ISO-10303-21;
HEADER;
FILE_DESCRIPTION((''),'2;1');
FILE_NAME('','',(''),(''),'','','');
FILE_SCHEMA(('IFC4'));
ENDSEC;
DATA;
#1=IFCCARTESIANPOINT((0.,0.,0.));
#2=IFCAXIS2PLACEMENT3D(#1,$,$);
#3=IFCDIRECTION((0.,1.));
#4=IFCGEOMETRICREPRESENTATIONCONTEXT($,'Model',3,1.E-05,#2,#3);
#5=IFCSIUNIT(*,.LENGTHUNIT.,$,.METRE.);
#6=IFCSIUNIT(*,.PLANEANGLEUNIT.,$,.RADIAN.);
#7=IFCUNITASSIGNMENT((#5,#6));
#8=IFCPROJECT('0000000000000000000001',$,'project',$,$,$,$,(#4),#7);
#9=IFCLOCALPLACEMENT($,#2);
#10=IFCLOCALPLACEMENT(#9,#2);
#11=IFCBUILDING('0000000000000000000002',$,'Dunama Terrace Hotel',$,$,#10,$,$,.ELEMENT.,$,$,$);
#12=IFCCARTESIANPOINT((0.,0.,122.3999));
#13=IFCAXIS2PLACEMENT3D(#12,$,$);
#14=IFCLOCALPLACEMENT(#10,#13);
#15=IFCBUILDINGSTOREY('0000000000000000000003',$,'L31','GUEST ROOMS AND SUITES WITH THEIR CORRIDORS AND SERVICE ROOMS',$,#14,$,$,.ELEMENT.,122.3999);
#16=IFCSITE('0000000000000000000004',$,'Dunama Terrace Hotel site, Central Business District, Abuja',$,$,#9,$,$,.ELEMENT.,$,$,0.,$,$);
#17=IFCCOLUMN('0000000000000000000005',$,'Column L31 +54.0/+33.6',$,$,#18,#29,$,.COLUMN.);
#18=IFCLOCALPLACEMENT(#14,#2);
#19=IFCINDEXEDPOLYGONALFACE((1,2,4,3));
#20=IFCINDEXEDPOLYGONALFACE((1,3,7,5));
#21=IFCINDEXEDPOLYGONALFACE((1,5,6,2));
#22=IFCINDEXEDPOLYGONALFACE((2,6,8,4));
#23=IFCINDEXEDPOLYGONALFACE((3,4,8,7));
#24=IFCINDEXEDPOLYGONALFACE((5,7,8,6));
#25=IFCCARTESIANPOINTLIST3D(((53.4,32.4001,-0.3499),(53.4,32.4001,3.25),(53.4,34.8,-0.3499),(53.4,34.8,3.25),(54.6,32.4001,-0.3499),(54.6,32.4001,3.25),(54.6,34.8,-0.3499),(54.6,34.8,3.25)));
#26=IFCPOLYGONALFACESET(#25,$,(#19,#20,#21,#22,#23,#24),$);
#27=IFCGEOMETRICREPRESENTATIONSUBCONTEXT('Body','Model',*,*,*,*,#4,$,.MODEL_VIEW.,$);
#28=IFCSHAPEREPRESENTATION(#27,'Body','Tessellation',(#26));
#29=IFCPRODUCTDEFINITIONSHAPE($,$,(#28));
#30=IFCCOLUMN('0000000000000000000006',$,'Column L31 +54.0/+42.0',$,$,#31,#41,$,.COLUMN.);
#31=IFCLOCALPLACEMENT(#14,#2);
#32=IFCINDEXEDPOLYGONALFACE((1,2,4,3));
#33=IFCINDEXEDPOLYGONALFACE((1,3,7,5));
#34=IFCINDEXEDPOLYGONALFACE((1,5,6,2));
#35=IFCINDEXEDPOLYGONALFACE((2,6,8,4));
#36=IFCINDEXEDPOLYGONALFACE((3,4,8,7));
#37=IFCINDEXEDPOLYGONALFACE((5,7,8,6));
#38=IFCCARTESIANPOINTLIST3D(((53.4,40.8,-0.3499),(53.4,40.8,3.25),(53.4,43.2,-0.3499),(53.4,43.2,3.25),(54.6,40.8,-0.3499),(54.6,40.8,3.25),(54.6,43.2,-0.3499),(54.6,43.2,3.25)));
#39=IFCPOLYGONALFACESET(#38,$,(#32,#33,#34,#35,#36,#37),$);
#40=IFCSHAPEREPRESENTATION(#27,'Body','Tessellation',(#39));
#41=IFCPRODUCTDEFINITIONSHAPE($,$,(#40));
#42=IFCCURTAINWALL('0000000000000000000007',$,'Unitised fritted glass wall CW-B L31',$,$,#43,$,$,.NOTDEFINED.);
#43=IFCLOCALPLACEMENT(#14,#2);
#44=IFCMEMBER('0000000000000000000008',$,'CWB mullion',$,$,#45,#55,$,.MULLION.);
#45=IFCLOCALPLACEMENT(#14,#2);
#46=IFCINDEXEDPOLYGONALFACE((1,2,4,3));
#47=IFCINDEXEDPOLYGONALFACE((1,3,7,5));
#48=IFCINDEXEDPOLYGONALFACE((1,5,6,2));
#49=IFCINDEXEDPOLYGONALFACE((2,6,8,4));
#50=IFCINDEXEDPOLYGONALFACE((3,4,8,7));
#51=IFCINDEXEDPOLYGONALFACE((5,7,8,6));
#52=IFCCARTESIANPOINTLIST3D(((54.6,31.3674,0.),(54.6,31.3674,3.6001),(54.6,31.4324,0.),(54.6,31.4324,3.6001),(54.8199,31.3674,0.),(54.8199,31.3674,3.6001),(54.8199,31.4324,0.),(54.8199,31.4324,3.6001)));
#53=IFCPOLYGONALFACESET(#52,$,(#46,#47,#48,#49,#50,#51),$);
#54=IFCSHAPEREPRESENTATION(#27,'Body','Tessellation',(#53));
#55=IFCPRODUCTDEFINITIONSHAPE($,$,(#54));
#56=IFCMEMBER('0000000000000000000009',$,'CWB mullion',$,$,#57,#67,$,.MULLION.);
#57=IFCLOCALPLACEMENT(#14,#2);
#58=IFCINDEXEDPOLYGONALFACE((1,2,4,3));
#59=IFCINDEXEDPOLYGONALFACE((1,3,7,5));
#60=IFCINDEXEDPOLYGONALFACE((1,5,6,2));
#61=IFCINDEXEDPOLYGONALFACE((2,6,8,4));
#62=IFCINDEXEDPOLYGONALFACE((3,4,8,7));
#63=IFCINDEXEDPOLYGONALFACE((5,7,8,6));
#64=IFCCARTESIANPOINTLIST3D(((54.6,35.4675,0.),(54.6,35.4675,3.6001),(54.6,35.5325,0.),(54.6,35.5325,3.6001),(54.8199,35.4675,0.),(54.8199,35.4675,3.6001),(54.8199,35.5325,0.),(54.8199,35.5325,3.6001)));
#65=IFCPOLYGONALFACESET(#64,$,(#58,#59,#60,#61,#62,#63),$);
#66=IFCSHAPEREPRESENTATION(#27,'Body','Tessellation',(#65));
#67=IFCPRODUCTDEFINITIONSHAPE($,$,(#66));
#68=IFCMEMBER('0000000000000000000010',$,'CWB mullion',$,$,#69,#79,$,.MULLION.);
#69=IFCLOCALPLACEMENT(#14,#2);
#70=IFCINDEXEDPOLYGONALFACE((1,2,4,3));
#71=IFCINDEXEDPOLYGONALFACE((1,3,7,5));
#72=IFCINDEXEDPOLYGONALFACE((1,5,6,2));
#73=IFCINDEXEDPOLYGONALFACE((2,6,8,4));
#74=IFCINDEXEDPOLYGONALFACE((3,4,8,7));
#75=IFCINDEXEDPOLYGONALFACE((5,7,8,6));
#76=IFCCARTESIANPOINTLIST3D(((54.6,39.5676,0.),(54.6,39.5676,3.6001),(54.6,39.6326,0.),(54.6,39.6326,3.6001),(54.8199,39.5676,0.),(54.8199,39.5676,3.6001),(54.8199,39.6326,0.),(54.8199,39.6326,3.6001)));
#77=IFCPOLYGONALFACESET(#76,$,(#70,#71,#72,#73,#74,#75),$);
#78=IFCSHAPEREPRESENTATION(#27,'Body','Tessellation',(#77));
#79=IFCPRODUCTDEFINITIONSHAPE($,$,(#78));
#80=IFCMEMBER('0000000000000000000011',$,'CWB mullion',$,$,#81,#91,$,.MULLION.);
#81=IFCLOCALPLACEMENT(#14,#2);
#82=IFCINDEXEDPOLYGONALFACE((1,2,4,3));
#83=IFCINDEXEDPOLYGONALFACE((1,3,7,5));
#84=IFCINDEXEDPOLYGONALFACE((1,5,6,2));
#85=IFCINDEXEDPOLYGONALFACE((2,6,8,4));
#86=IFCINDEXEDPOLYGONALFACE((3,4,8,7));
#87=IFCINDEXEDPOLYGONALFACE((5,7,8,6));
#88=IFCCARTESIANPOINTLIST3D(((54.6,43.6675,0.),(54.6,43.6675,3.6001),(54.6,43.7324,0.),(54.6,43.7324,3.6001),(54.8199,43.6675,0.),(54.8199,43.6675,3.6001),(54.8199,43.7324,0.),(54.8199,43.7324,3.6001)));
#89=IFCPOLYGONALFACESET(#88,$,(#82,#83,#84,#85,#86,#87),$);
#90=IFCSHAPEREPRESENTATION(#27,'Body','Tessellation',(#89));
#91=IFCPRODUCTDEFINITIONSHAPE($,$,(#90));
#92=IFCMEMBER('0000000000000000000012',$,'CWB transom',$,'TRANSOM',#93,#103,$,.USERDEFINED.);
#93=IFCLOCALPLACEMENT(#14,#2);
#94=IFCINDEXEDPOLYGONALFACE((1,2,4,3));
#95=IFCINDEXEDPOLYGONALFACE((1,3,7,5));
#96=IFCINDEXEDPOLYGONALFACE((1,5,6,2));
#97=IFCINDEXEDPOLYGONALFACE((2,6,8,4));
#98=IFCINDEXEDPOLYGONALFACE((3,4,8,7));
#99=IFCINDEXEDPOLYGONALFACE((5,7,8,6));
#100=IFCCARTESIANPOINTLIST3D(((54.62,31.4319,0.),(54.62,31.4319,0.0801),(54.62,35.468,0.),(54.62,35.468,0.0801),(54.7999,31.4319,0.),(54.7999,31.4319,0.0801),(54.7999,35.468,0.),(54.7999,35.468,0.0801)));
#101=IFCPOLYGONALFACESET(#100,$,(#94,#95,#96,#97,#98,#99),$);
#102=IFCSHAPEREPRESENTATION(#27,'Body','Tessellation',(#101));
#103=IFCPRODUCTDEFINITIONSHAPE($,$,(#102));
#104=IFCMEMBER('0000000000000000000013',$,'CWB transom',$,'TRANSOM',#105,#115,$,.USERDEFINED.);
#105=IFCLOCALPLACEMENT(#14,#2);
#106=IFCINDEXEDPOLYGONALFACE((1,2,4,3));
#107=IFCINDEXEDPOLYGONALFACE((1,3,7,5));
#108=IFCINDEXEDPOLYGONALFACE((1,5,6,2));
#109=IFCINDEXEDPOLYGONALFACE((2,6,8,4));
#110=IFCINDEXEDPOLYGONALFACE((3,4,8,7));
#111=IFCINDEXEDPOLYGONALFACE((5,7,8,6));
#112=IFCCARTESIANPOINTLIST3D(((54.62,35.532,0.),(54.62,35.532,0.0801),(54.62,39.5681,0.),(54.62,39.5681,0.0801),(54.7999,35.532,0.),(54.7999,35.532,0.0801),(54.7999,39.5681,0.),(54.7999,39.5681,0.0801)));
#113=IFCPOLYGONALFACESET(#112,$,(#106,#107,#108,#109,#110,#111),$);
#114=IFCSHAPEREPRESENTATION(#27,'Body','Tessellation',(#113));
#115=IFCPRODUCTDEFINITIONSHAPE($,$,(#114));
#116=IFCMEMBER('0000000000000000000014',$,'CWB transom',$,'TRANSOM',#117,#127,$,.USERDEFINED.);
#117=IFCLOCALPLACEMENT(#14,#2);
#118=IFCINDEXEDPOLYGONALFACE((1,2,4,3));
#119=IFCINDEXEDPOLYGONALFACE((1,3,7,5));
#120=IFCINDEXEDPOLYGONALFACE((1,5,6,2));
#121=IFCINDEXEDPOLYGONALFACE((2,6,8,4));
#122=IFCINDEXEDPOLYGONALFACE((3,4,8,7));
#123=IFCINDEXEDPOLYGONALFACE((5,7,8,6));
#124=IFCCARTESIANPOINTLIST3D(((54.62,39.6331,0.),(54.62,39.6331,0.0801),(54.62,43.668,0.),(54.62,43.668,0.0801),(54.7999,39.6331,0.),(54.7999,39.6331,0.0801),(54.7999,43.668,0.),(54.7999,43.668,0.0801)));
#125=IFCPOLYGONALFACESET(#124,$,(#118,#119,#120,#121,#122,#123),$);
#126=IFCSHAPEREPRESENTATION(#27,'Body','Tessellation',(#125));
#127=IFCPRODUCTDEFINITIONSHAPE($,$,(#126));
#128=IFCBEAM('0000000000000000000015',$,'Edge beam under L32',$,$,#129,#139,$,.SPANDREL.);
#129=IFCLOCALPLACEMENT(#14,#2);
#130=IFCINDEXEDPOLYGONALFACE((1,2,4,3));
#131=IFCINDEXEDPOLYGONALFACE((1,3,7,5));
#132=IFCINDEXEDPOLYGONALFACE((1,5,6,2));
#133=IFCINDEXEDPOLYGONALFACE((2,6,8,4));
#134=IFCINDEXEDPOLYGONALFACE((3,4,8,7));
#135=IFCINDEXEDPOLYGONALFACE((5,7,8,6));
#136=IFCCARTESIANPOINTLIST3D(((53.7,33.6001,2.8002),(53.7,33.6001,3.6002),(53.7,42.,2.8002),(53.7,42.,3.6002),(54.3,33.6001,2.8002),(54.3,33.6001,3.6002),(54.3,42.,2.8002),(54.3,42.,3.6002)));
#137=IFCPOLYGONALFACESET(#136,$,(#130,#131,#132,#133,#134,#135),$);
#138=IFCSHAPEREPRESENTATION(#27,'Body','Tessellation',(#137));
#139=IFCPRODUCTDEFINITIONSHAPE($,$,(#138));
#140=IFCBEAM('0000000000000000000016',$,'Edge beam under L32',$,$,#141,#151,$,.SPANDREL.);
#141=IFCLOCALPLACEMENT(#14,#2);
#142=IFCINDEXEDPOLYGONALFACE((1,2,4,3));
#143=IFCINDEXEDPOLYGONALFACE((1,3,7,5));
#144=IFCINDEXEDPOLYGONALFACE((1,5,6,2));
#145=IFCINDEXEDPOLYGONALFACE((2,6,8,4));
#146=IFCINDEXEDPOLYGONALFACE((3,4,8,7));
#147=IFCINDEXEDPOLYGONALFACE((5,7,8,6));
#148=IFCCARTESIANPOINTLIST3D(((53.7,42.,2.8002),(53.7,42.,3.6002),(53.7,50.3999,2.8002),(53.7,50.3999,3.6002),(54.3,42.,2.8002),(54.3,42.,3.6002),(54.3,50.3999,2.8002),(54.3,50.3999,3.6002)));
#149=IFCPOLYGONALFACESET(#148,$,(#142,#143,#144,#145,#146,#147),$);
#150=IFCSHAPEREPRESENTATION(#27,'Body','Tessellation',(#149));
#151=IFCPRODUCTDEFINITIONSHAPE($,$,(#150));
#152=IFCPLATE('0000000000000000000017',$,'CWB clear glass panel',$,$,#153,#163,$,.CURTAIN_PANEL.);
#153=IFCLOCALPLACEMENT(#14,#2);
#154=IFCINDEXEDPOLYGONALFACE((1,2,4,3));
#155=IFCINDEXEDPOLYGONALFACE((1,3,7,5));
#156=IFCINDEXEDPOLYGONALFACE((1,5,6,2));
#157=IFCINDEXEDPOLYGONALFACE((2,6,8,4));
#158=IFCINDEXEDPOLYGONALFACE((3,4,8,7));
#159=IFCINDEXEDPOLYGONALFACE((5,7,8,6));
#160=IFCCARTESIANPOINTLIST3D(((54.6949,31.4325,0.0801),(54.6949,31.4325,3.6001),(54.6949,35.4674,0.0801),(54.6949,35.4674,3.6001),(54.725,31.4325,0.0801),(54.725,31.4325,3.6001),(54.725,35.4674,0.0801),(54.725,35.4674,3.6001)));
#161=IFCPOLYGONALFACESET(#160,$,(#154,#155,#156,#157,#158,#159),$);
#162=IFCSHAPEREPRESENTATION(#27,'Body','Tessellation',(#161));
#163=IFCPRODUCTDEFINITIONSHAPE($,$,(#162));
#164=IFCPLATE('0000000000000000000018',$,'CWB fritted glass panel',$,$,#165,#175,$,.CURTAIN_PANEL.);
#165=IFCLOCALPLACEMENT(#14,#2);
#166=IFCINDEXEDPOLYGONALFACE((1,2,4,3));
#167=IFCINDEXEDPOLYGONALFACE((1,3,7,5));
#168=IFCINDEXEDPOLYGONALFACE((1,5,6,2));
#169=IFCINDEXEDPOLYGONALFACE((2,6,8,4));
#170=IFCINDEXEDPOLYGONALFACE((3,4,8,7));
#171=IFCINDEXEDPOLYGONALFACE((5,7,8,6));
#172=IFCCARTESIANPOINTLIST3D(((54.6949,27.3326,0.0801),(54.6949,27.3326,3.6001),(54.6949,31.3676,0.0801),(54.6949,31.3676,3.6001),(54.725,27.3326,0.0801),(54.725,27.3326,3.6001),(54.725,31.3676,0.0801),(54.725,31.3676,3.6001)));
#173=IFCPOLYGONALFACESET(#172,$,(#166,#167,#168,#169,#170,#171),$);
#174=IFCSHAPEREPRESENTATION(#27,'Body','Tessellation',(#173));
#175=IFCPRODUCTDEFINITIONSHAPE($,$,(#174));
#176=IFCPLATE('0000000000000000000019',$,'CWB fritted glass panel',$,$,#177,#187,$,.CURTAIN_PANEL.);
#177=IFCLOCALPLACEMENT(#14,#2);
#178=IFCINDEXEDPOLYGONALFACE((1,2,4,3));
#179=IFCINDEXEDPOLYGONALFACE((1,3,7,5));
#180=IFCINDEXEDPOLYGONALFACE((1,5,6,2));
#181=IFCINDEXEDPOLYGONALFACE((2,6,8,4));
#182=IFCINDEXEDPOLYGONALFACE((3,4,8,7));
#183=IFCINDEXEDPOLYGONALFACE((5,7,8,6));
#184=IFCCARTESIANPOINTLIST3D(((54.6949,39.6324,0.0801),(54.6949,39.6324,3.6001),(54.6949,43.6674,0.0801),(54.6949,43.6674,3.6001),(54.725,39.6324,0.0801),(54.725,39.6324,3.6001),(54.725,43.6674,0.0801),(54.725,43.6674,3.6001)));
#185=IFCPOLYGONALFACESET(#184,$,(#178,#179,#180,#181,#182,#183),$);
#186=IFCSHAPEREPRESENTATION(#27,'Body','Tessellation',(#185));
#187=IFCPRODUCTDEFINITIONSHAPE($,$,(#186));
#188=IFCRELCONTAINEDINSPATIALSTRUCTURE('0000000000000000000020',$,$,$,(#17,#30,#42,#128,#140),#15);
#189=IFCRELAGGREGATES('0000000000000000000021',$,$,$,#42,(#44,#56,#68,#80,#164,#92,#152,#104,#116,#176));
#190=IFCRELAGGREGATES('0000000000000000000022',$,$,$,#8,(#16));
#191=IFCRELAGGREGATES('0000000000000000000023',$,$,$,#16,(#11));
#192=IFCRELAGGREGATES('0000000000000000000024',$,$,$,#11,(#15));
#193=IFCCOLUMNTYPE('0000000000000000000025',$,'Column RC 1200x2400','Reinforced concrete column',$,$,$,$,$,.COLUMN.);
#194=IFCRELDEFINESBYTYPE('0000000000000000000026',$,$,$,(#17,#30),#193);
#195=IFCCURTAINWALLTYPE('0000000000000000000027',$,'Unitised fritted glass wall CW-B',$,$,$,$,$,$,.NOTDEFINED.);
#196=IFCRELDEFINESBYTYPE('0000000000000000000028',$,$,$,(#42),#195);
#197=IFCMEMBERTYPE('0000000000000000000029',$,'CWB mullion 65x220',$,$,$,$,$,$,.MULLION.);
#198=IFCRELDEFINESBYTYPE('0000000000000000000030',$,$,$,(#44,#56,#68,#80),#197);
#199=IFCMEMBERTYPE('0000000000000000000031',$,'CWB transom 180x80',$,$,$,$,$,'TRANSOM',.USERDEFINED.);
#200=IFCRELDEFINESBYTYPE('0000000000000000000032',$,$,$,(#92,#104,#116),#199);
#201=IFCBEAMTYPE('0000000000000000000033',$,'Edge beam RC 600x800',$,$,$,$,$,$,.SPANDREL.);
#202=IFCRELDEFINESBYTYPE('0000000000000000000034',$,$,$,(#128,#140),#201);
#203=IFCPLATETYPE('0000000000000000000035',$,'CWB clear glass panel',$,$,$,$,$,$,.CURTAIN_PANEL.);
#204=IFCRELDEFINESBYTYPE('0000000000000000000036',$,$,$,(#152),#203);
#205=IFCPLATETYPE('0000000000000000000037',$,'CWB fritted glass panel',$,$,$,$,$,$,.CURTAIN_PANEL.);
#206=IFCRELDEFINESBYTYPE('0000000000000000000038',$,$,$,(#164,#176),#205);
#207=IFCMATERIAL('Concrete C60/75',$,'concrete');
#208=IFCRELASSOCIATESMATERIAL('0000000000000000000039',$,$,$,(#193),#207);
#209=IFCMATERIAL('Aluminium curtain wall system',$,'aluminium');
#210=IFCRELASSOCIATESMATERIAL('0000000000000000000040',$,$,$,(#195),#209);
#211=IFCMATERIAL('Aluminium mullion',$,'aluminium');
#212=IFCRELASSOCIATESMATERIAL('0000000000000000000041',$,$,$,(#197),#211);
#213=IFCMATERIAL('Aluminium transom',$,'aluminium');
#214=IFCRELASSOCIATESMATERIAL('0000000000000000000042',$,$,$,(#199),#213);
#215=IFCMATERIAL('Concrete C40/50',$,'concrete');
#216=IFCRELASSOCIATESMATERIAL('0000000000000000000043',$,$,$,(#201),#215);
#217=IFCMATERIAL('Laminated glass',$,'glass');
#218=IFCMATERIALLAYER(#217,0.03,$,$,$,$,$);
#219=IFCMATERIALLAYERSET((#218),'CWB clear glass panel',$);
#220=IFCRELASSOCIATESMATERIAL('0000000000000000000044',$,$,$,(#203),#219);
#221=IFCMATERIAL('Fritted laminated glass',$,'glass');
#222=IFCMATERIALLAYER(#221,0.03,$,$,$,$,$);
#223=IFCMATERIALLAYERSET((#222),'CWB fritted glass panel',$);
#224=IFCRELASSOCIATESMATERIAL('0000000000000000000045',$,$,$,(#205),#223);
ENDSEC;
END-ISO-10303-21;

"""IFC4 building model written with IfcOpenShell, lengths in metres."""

from ifc_helpers import new_model, si_unit, direction, frame, origin, origin_2d, place, context, subcontext, project, spatial, rectangle, extrude, material, layer, layer_set, material_profile, profile_set, type_object, element, aggregate, save


model = new_model("IFC4")

# Units and contexts
model_context = context("Model", 3, precision=1e-05, world=origin(), true_north=direction((0.0, 1.0)))
body_context = subcontext(model_context, "Body", "Model", "MODEL_VIEW")
ifc_project = project(units=[si_unit("LENGTHUNIT", "METRE"), si_unit("PLANEANGLEUNIT", "RADIAN")], contexts=[model_context])

# Site, building, storey
site_placement = place(None, origin())
site = spatial("IfcSite", under=ifc_project, at=site_placement, Name="Dunama Terrace Hotel site, Central Business District, Abuja", CompositionType="ELEMENT", RefElevation=0.0)
building_placement = place(site_placement, origin())
building = spatial("IfcBuilding", under=site, at=building_placement, Name="Dunama Terrace Hotel", CompositionType="ELEMENT")
storey_placement = place(building_placement, frame((0.0, 0.0, 122.3999)))
storey = spatial("IfcBuildingStorey", under=building, at=storey_placement, Name="L31", Description="GUEST ROOMS AND SUITES WITH THEIR CORRIDORS AND SERVICE ROOMS", CompositionType="ELEMENT", Elevation=122.3999)

# Columns
ifc_material_1 = material(Name="Concrete C60/75", Category="concrete")
ifc_material_profile_1 = material_profile(ifc_material_1, rectangle(XDim=1.2, YDim=2.3999, at=origin_2d()), Name="RC 1200x2400")
ifc_profile_set_1 = profile_set([ifc_material_profile_1], Name="Concrete C60/75")
column_type = type_object("IfcColumnType", Name="Column RC 1200x2400", Description="Reinforced concrete column", PredefinedType="COLUMN", material=ifc_profile_set_1)
for number, where, z_axis, x_axis, name in (
    (1, (54.0, 33.6001, -0.3499), (0.0, 0.0, 1.0), (1.0, 0.0, 0.0), "Column L31 +54.0/+33.6"),
    (2, (54.0, 42.0, -0.3499), (0.0, 0.0, 1.0), (1.0, 0.0, 0.0), "Column L31 +54.0/+42.0"),
):
    element("IfcColumn", number, at=place(storey_placement, frame(where, z_axis=z_axis, x_axis=x_axis)), inside=storey, type_object=column_type, Name=name, PredefinedType="COLUMN", context=body_context, shape_type="SweptSolid", body=[
        extrude(rectangle(XDim=1.2, YDim=2.3999, at=origin_2d()), origin(), (0.0, 0.0, 1.0), 3.5999),
    ])

# Curtain wall, members
ifc_material_2 = material(Name="Aluminium curtain wall system", Category="aluminium")
curtain_wall_type = type_object("IfcCurtainWallType", Name="Unitised fritted glass wall CW-B", PredefinedType="NOTDEFINED", material=ifc_material_2)
curtain_wall_placement = place(storey_placement, origin())
curtain_wall = element("IfcCurtainWall", 3, at=curtain_wall_placement, inside=storey, type_object=curtain_wall_type, Name="Unitised fritted glass wall CW-B L31", PredefinedType="NOTDEFINED")
ifc_material_3 = material(Name="Aluminium mullion", Category="aluminium")
ifc_material_profile_2 = material_profile(ifc_material_3, rectangle(XDim=0.0649, YDim=0.22, at=origin_2d()), Name="CWB MULLION 65X220")
ifc_profile_set_2 = profile_set([ifc_material_profile_2], Name="Aluminium mullion")
member_type_1 = type_object("IfcMemberType", Name="CWB mullion 65x220", PredefinedType="MULLION", material=ifc_profile_set_2)
member_1_placement = place(storey_placement, frame((54.71, 31.3999, 0.0), z_axis=(0.0, 0.0, 1.0), x_axis=(0.0, 1.0, 0.0)))
member_1 = element("IfcMember", 4, at=member_1_placement, type_object=member_type_1, Name="CWB mullion", PredefinedType="MULLION", context=body_context, shape_type="SweptSolid", body=[
    extrude(rectangle(XDim=0.0649, YDim=0.22, at=origin_2d()), origin(), (0.0, 0.0, 1.0), 3.6001),
])
member_2_placement = place(storey_placement, frame((54.71, 35.5, 0.0), z_axis=(0.0, 0.0, 1.0), x_axis=(0.0, 1.0, 0.0)))
member_2 = element("IfcMember", 5, at=member_2_placement, type_object=member_type_1, Name="CWB mullion", PredefinedType="MULLION", context=body_context, shape_type="SweptSolid", body=[
    extrude(rectangle(XDim=0.0649, YDim=0.22, at=origin_2d()), origin(), (0.0, 0.0, 1.0), 3.6001),
])
member_3_placement = place(storey_placement, frame((54.71, 39.6001, 0.0), z_axis=(0.0, 0.0, 1.0), x_axis=(0.0, 1.0, 0.0)))
member_3 = element("IfcMember", 6, at=member_3_placement, type_object=member_type_1, Name="CWB mullion", PredefinedType="MULLION", context=body_context, shape_type="SweptSolid", body=[
    extrude(rectangle(XDim=0.0649, YDim=0.22, at=origin_2d()), origin(), (0.0, 0.0, 1.0), 3.6001),
])
member_4_placement = place(storey_placement, frame((54.71, 43.7, 0.0), z_axis=(0.0, 0.0, 1.0), x_axis=(0.0, 1.0, 0.0)))
member_4 = element("IfcMember", 7, at=member_4_placement, type_object=member_type_1, Name="CWB mullion", PredefinedType="MULLION", context=body_context, shape_type="SweptSolid", body=[
    extrude(rectangle(XDim=0.0649, YDim=0.22, at=origin_2d()), origin(), (0.0, 0.0, 1.0), 3.6001),
])
ifc_material_4 = material(Name="Aluminium transom", Category="aluminium")
ifc_material_profile_3 = material_profile(ifc_material_4, rectangle(XDim=0.1799, YDim=0.0801, at=origin_2d()), Name="CWB TRANSOM 180X80")
ifc_profile_set_3 = profile_set([ifc_material_profile_3], Name="Aluminium transom")
member_type_2 = type_object("IfcMemberType", Name="CWB transom 180x80", ElementType="TRANSOM", PredefinedType="USERDEFINED", material=ifc_profile_set_3)
member_5_placement = place(storey_placement, frame((54.71, 31.4319, 0.04), z_axis=(0.0, 1.0, 0.0), x_axis=(-1.0, 0.0, 0.0)))
member_5 = element("IfcMember", 8, at=member_5_placement, type_object=member_type_2, Name="CWB transom", ObjectType="TRANSOM", PredefinedType="USERDEFINED", context=body_context, shape_type="SweptSolid", body=[
    extrude(rectangle(XDim=0.1799, YDim=0.0801, at=origin_2d()), origin(), (0.0, 0.0, 1.0), 4.0361),
])
member_6_placement = place(storey_placement, frame((54.71, 35.532, 0.04), z_axis=(0.0, 1.0, 0.0), x_axis=(-1.0, 0.0, 0.0)))
member_6 = element("IfcMember", 9, at=member_6_placement, type_object=member_type_2, Name="CWB transom", ObjectType="TRANSOM", PredefinedType="USERDEFINED", context=body_context, shape_type="SweptSolid", body=[
    extrude(rectangle(XDim=0.1799, YDim=0.0801, at=origin_2d()), origin(), (0.0, 0.0, 1.0), 4.0361),
])
member_7_placement = place(storey_placement, frame((54.71, 39.6331, 0.04), z_axis=(0.0, 1.0, 0.0), x_axis=(-1.0, 0.0, 0.0)))
member_7 = element("IfcMember", 10, at=member_7_placement, type_object=member_type_2, Name="CWB transom", ObjectType="TRANSOM", PredefinedType="USERDEFINED", context=body_context, shape_type="SweptSolid", body=[
    extrude(rectangle(XDim=0.1799, YDim=0.0801, at=origin_2d()), origin(), (0.0, 0.0, 1.0), 4.0349),
])

# Beams
ifc_material_5 = material(Name="Concrete C40/50", Category="concrete")
ifc_material_profile_4 = material_profile(ifc_material_5, rectangle(XDim=0.6001, YDim=0.8, at=origin_2d()), Name="RC 600x800")
ifc_profile_set_4 = profile_set([ifc_material_profile_4], Name="Concrete C40/50")
beam_type = type_object("IfcBeamType", Name="Edge beam RC 600x800", PredefinedType="SPANDREL", material=ifc_profile_set_4)
for number, where, z_axis, x_axis, name in (
    (11, (54.0, 33.6001, 3.2002), (0.0, 1.0, 0.0), (-1.0, 0.0, 0.0), "Edge beam under L32"),
    (12, (54.0, 42.0, 3.2002), (0.0, 1.0, 0.0), (-1.0, 0.0, 0.0), "Edge beam under L32"),
):
    element("IfcBeam", number, at=place(storey_placement, frame(where, z_axis=z_axis, x_axis=x_axis)), inside=storey, type_object=beam_type, Name=name, PredefinedType="SPANDREL", context=body_context, shape_type="SweptSolid", body=[
        extrude(rectangle(XDim=0.6001, YDim=0.8, at=origin_2d()), origin(), (0.0, 0.0, 1.0), 8.3999),
    ])

# Plates
ifc_material_6 = material(Name="Laminated glass", Category="glass")
ifc_layer_1 = layer(ifc_material_6, 0.03)
ifc_layer_set_1 = layer_set([ifc_layer_1], Name="CWB clear glass panel")
plate_type_1 = type_object("IfcPlateType", Name="CWB clear glass panel", PredefinedType="CURTAIN_PANEL", material=ifc_layer_set_1)
plate_1_placement = place(storey_placement, frame((54.71, 33.45, 0.0801), z_axis=(0.0, 0.0, 1.0), x_axis=(0.0, 1.0, 0.0)))
plate_1 = element("IfcPlate", 13, at=plate_1_placement, type_object=plate_type_1, Name="CWB clear glass panel", PredefinedType="CURTAIN_PANEL", context=body_context, shape_type="SweptSolid", body=[
    extrude(rectangle(XDim=4.0349, YDim=0.03, at=origin_2d()), origin(), (0.0, 0.0, 1.0), 3.52),
])
ifc_material_7 = material(Name="Fritted laminated glass", Category="glass")
ifc_layer_2 = layer(ifc_material_7, 0.03)
ifc_layer_set_2 = layer_set([ifc_layer_2], Name="CWB fritted glass panel")
plate_type_2 = type_object("IfcPlateType", Name="CWB fritted glass panel", PredefinedType="CURTAIN_PANEL", material=ifc_layer_set_2)
plate_2_placement = place(storey_placement, frame((54.71, 29.3501, 0.0801), z_axis=(0.0, 0.0, 1.0), x_axis=(0.0, 1.0, 0.0)))
plate_2 = element("IfcPlate", 14, at=plate_2_placement, type_object=plate_type_2, Name="CWB fritted glass panel", PredefinedType="CURTAIN_PANEL", context=body_context, shape_type="SweptSolid", body=[
    extrude(rectangle(XDim=4.0349, YDim=0.03, at=origin_2d()), origin(), (0.0, 0.0, 1.0), 3.52),
])
plate_3_placement = place(storey_placement, frame((54.71, 41.6499, 0.0801), z_axis=(0.0, 0.0, 1.0), x_axis=(0.0, 1.0, 0.0)))
plate_3 = element("IfcPlate", 15, at=plate_3_placement, type_object=plate_type_2, Name="CWB fritted glass panel", PredefinedType="CURTAIN_PANEL", context=body_context, shape_type="SweptSolid", body=[
    extrude(rectangle(XDim=4.0349, YDim=0.03, at=origin_2d()), origin(), (0.0, 0.0, 1.0), 3.52),
])
aggregate(curtain_wall, [member_1, member_2, member_3, member_4, plate_2, member_5, plate_1, member_6, member_7, plate_3])

save(model, "model.ifc")
